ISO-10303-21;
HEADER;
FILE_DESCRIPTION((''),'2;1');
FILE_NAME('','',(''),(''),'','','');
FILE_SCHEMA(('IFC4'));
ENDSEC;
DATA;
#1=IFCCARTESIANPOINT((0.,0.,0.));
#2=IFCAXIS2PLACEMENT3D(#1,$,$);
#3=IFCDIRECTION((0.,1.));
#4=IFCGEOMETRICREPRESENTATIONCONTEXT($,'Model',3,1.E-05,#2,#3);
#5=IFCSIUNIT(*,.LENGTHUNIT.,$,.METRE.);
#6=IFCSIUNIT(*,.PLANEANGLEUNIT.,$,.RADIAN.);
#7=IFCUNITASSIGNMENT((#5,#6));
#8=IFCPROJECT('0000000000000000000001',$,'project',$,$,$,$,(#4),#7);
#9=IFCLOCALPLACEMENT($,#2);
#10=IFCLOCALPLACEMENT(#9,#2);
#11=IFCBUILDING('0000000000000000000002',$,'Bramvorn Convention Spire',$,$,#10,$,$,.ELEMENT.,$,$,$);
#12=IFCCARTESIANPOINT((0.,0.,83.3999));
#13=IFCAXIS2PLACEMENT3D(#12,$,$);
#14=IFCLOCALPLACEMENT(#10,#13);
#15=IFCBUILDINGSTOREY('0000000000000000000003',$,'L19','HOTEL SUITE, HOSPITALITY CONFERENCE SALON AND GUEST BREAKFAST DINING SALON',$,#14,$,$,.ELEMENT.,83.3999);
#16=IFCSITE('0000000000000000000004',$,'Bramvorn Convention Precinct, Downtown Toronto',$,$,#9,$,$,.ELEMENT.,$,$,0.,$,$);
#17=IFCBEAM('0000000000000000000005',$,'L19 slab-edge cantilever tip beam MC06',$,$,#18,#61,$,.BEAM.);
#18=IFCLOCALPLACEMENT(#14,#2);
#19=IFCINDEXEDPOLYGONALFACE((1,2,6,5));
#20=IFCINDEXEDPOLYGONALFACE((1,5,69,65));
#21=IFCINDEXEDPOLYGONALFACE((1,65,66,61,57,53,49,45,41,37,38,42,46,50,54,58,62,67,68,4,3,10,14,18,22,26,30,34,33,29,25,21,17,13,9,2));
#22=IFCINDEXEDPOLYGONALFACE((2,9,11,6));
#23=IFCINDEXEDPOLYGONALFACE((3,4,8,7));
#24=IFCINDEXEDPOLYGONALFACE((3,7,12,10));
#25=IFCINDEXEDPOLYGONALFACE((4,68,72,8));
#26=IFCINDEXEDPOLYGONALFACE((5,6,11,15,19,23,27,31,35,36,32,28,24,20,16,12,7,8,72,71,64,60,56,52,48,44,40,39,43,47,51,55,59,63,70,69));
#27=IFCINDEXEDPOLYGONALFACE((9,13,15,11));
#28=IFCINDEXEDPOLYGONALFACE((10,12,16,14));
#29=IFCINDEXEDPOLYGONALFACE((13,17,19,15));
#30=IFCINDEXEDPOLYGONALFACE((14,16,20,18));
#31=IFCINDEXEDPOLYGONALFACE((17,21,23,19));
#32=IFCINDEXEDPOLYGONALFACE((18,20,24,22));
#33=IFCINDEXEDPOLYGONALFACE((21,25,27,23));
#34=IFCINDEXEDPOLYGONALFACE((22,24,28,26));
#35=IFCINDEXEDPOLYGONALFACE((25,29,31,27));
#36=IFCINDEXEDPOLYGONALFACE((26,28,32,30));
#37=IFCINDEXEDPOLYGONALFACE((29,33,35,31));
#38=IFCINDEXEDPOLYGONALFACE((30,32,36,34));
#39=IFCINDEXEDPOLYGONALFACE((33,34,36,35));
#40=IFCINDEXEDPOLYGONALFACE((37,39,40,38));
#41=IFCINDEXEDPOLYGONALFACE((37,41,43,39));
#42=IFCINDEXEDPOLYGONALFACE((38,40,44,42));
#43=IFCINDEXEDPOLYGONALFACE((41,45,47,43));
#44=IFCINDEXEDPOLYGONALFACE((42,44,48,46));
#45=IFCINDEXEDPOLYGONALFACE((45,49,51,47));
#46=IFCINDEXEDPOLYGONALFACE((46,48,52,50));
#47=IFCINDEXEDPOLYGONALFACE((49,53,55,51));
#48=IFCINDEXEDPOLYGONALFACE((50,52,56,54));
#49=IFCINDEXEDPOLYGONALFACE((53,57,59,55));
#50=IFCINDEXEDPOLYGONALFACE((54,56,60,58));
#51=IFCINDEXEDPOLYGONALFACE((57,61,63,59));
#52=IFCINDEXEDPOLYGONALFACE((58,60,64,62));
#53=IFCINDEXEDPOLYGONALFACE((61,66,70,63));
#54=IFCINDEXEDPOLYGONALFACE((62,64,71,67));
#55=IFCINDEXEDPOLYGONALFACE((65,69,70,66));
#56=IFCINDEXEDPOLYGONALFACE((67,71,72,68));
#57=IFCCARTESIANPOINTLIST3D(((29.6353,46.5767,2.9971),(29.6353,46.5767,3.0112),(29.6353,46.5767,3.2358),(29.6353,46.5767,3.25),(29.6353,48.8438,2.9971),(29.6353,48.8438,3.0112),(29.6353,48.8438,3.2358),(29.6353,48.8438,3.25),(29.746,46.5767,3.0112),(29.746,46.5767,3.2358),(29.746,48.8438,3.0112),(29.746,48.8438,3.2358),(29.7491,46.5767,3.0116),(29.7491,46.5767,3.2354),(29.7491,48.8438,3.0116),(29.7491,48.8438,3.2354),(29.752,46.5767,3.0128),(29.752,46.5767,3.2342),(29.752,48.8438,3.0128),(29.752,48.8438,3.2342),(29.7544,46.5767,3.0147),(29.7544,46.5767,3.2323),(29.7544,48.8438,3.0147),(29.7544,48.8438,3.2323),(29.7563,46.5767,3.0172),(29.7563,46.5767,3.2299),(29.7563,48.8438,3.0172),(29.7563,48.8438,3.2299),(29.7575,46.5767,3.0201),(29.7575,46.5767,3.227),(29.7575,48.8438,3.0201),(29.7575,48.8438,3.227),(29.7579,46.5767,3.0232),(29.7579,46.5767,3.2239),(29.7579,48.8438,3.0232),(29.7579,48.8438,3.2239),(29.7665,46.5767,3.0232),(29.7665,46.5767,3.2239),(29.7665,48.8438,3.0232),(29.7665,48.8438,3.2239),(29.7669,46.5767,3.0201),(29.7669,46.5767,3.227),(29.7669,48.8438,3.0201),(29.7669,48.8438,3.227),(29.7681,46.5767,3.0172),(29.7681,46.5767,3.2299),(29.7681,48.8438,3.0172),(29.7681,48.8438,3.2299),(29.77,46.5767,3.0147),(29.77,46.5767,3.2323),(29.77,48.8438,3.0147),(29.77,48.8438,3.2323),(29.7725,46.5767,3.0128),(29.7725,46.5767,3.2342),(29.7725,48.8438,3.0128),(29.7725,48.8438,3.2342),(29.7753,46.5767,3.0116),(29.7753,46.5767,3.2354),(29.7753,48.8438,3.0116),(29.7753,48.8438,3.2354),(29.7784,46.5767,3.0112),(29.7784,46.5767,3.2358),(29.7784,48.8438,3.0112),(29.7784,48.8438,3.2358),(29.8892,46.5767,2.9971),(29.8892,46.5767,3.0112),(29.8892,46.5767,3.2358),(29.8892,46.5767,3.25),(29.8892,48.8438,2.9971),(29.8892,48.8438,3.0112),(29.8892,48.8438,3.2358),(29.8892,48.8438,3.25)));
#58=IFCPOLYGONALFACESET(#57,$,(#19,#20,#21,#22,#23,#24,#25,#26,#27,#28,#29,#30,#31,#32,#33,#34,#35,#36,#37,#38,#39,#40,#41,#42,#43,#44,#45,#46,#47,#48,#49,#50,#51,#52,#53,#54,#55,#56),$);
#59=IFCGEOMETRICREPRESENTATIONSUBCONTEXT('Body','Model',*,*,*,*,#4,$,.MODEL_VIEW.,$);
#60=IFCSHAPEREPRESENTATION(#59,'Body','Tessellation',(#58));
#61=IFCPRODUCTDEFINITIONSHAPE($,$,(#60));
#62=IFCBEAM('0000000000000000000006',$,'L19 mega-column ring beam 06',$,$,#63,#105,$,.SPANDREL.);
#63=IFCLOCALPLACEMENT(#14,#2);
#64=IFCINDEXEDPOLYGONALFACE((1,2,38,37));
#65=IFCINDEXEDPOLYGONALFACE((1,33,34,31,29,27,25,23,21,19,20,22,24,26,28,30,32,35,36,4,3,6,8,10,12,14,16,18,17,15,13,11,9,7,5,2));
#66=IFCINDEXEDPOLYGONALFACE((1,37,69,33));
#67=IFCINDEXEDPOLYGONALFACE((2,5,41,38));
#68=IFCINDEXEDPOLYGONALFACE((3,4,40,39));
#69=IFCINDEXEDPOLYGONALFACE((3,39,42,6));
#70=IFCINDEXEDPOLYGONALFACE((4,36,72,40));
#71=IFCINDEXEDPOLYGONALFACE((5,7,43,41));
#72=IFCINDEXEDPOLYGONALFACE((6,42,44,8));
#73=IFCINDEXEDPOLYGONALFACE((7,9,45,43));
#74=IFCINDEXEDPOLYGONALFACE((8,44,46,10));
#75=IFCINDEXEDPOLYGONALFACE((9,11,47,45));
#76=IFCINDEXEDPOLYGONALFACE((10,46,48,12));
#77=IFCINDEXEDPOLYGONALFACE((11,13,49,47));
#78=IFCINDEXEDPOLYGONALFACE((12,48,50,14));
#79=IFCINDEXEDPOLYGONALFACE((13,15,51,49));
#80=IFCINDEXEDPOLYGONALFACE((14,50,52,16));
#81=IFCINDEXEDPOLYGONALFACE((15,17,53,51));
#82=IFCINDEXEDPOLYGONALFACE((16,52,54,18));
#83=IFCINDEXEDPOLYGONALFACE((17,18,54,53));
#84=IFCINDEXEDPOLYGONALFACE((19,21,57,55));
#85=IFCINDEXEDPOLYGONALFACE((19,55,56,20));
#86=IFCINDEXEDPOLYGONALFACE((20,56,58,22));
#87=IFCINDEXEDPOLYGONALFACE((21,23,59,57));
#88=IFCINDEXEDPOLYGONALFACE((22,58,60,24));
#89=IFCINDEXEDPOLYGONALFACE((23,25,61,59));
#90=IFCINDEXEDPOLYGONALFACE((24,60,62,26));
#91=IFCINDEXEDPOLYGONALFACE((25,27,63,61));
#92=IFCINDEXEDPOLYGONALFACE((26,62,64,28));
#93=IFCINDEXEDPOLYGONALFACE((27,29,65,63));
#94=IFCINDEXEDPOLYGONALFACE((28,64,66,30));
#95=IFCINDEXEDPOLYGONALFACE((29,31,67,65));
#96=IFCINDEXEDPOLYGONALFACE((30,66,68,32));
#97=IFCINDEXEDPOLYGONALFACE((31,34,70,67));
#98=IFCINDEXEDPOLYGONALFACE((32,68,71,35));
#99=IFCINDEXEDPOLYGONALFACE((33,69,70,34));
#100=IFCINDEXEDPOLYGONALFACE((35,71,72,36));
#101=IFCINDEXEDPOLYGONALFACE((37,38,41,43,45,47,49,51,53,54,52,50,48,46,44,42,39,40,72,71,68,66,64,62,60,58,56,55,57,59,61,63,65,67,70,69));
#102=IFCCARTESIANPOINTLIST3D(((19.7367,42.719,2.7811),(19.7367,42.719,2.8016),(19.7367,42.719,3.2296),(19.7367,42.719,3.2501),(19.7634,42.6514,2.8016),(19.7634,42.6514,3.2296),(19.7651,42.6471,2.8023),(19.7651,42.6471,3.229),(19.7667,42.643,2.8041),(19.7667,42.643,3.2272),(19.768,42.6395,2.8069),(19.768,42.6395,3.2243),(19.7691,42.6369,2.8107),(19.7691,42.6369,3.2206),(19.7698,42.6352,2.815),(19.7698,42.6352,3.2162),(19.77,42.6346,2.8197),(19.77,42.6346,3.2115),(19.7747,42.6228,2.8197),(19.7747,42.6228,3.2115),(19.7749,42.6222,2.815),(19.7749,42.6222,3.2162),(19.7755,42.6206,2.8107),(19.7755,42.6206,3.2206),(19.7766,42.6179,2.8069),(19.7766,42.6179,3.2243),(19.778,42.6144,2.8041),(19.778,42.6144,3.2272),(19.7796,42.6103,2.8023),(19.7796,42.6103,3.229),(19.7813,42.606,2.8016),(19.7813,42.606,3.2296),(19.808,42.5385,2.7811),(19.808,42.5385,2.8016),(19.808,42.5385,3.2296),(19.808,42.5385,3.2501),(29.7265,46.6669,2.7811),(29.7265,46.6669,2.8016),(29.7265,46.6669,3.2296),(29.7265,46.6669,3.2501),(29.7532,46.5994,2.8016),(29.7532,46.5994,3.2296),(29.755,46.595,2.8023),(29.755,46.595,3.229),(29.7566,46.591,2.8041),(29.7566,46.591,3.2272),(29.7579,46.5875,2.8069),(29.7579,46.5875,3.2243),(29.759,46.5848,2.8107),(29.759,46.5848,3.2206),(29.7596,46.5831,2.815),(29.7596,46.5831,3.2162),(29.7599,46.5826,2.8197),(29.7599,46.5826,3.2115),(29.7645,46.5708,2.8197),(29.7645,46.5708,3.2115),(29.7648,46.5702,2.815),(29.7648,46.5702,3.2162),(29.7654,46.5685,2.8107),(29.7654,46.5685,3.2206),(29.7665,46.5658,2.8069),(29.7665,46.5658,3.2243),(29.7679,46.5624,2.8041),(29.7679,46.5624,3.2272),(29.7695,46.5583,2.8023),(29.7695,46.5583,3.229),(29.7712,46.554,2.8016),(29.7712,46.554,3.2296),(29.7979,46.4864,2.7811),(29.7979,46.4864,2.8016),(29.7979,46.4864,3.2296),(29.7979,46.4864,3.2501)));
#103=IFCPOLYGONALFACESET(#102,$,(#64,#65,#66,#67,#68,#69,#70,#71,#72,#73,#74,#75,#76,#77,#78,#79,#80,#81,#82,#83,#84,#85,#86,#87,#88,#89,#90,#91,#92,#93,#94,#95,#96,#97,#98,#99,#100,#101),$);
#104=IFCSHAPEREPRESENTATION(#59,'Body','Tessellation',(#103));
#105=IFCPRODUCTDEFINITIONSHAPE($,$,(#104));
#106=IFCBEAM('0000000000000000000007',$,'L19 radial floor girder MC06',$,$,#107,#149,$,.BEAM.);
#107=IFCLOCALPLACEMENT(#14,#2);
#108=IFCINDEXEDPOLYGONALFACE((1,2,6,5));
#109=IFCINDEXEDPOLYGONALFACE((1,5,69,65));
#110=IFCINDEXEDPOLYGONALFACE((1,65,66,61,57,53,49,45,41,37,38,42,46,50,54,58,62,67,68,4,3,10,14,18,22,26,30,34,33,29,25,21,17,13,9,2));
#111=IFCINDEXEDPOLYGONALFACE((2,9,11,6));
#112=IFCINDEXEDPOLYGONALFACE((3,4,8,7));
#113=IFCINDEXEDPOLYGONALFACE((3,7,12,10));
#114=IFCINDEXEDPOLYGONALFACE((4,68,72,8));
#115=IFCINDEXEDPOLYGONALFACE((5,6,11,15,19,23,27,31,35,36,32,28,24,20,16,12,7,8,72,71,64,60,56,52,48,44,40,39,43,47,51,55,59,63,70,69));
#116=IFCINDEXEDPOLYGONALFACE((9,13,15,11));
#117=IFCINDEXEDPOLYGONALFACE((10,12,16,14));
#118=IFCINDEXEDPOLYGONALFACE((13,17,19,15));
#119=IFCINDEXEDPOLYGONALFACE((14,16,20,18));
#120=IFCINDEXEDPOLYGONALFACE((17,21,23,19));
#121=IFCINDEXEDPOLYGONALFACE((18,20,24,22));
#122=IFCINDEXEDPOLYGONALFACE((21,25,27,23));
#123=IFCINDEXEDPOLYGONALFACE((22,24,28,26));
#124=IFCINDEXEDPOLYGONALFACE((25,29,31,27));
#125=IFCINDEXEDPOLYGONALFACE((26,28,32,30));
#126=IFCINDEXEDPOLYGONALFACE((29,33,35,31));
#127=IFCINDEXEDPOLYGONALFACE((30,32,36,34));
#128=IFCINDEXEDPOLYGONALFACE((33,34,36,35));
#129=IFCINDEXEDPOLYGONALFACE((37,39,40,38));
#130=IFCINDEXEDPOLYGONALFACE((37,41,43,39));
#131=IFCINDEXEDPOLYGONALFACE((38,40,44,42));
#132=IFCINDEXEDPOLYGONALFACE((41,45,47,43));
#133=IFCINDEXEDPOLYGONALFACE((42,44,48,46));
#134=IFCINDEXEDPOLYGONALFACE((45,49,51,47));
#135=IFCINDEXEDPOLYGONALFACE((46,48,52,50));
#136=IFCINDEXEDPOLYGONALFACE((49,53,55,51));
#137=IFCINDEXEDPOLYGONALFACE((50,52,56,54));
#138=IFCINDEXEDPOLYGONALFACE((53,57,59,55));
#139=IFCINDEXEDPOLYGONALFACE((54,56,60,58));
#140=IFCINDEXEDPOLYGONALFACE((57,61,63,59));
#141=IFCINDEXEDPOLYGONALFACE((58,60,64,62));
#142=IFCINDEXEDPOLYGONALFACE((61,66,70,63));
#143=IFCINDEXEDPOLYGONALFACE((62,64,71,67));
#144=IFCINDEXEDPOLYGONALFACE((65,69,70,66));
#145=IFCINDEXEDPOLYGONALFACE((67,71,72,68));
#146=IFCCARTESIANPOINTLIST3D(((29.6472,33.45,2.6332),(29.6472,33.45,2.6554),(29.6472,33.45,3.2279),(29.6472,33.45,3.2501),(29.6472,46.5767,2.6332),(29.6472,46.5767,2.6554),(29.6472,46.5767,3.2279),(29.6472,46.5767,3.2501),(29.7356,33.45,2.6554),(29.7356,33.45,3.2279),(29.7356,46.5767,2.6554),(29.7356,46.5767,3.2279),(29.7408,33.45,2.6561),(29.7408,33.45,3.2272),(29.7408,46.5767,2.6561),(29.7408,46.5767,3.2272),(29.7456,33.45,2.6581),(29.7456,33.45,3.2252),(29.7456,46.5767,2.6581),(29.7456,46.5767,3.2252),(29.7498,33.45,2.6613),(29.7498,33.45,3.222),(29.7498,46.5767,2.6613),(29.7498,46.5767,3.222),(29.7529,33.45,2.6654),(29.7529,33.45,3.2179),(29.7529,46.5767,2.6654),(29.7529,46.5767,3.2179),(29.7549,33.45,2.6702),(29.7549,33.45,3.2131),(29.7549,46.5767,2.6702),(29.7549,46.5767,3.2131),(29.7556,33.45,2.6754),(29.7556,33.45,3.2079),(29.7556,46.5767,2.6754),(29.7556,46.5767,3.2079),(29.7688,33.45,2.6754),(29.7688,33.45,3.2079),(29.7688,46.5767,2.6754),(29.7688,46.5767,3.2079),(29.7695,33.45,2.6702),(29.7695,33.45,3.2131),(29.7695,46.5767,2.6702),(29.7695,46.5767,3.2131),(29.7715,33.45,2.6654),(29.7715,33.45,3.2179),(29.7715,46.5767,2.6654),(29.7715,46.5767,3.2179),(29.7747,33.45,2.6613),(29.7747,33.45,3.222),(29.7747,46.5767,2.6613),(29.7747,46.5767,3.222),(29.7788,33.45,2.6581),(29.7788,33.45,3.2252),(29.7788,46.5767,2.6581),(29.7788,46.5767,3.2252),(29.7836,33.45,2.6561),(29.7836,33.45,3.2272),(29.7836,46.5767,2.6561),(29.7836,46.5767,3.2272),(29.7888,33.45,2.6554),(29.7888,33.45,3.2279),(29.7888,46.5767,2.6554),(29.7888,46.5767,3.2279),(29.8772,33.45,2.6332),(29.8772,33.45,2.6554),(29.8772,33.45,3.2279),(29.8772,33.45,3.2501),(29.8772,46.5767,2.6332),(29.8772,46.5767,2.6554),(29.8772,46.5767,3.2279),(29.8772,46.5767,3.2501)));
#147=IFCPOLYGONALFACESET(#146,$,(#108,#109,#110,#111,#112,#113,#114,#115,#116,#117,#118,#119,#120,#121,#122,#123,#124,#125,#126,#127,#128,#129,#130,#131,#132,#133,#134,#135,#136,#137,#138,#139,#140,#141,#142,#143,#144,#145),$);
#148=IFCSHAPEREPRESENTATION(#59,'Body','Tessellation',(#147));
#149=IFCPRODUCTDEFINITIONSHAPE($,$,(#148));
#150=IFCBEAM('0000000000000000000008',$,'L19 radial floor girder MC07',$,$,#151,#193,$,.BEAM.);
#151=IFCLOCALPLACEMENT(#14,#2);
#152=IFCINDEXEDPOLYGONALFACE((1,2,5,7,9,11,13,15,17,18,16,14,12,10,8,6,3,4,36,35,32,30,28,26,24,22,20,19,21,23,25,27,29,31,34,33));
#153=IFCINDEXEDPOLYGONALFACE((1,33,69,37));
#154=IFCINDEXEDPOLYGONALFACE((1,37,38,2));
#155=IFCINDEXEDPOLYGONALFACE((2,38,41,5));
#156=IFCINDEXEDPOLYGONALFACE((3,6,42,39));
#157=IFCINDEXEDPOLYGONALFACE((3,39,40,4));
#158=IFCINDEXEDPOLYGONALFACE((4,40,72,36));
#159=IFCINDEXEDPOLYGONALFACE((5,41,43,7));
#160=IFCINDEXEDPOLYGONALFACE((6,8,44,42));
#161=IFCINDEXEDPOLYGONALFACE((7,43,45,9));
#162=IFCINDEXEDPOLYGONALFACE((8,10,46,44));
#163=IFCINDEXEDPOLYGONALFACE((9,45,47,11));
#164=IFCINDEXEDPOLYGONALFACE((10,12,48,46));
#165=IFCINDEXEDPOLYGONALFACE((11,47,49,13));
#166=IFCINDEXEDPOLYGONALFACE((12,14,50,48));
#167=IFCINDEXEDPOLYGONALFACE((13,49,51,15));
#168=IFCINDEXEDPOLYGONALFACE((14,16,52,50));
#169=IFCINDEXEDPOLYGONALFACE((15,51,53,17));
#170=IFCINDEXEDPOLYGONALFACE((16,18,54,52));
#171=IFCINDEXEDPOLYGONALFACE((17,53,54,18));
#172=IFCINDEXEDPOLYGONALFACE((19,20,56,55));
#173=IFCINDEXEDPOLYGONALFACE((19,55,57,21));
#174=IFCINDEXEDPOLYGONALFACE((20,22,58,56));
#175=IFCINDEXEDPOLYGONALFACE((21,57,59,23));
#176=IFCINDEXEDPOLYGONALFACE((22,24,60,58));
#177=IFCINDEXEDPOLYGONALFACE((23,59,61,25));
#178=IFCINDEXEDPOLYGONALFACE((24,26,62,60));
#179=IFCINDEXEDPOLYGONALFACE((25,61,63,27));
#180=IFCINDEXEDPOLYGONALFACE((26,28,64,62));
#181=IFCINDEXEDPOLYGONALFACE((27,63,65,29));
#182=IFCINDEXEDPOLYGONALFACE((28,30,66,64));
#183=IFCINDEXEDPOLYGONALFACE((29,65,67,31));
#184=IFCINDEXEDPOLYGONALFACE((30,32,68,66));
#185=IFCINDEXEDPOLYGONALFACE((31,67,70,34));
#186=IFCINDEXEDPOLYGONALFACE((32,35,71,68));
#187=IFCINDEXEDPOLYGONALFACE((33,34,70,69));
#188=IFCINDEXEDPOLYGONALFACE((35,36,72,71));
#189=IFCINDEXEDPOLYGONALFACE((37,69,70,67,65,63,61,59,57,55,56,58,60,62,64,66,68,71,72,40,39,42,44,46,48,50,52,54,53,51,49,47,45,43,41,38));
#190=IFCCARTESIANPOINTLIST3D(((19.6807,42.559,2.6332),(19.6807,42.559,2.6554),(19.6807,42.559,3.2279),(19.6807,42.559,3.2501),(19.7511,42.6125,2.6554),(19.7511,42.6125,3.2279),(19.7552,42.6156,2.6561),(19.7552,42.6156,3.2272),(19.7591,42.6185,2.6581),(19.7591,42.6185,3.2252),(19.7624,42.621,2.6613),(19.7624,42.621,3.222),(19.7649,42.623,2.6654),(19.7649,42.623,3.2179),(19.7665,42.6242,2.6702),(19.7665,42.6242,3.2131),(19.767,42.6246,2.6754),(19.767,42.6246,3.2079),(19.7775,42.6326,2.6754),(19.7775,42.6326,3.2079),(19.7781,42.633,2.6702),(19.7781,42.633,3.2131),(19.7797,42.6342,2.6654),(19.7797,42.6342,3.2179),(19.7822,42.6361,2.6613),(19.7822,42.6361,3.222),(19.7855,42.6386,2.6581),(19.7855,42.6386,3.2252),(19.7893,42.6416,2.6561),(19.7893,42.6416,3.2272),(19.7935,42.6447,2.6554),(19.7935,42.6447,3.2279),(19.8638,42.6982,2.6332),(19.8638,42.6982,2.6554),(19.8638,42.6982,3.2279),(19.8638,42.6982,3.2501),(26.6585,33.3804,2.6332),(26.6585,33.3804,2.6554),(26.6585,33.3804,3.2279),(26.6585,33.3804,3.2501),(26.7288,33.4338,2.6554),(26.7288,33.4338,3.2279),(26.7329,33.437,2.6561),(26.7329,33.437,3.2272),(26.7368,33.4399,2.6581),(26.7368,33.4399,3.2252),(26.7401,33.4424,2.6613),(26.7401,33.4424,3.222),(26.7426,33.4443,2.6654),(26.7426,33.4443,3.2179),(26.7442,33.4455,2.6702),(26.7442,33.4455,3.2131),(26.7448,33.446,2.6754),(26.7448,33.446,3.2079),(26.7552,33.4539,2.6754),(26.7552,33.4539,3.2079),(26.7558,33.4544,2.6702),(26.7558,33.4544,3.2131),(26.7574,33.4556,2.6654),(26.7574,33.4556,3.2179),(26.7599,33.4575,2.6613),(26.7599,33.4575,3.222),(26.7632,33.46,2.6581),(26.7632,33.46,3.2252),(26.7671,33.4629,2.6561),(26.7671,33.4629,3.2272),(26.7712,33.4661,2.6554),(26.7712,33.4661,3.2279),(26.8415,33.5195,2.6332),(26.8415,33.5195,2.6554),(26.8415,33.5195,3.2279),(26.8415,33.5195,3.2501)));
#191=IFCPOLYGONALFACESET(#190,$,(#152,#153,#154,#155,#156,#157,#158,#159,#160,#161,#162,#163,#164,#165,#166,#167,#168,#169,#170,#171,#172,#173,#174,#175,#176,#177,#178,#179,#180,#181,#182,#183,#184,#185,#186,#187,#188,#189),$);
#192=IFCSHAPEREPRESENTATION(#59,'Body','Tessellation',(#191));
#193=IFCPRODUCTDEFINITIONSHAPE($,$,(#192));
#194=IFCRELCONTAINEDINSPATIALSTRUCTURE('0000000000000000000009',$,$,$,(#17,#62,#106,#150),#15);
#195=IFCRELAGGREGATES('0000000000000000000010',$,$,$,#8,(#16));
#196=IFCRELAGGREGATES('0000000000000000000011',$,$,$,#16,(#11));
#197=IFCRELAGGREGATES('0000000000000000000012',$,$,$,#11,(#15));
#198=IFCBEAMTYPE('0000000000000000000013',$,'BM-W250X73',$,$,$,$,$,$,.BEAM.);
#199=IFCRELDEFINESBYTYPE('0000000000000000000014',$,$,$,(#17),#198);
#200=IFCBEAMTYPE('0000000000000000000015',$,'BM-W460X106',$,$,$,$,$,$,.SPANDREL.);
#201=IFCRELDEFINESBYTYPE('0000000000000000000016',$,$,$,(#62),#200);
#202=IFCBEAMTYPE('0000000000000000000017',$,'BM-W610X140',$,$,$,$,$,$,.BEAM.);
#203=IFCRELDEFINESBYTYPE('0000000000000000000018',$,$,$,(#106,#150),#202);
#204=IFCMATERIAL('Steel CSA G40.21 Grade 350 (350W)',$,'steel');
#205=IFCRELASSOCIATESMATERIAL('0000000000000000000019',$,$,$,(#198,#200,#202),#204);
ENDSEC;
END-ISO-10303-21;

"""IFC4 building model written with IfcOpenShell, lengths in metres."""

from ifc_helpers import new_model, si_unit, direction, frame, origin, origin_2d, place, context, subcontext, project, spatial, i_section, extrude, material, material_profile, profile_set, type_object, element, save


model = new_model("IFC4")

# Units and contexts
model_context = context("Model", 3, precision=1e-05, world=origin(), true_north=direction((0.0, 1.0)))
body_context = subcontext(model_context, "Body", "Model", "MODEL_VIEW")
ifc_project = project(units=[si_unit("LENGTHUNIT", "METRE"), si_unit("PLANEANGLEUNIT", "RADIAN")], contexts=[model_context])

# Site, building, storey
site_placement = place(None, origin())
site = spatial("IfcSite", under=ifc_project, at=site_placement, Name="Bramvorn Convention Precinct, Downtown Toronto", CompositionType="ELEMENT", RefElevation=0.0)
building_placement = place(site_placement, origin())
building = spatial("IfcBuilding", under=site, at=building_placement, Name="Bramvorn Convention Spire", CompositionType="ELEMENT")
storey_placement = place(building_placement, frame((0.0, 0.0, 83.3999)))
storey = spatial("IfcBuildingStorey", under=building, at=storey_placement, Name="L19", Description="HOTEL SUITE, HOSPITALITY CONFERENCE SALON AND GUEST BREAKFAST DINING SALON", CompositionType="ELEMENT", Elevation=83.3999)

# Shared definitions
ifc_material_1 = material(Name="Steel CSA G40.21 Grade 350 (350W)", Category="steel")

# Beams
ifc_material_profile_1 = material_profile(ifc_material_1, i_section(OverallWidth=0.2539, OverallDepth=0.2529, WebThickness=0.0085, FlangeThickness=0.0142, FilletRadius=0.012, at=origin_2d()))
ifc_profile_set_1 = profile_set([ifc_material_profile_1], Name="Steel CSA G40.21 Grade 350 (350W) - W250X73")
beam_type_1 = type_object("IfcBeamType", Name="BM-W250X73", PredefinedType="BEAM", material=ifc_profile_set_1)
beam_1_placement = place(storey_placement, frame((29.7622, 46.5767, 3.1235), z_axis=(0.0, 1.0, 0.0), x_axis=(-1.0, 0.0, 0.0)))
element("IfcBeam", 1, at=beam_1_placement, inside=storey, type_object=beam_type_1, Name="L19 slab-edge cantilever tip beam MC06", PredefinedType="BEAM", context=body_context, shape_type="SweptSolid", body=[
    extrude(i_section(OverallWidth=0.2539, OverallDepth=0.2529, WebThickness=0.0085, FlangeThickness=0.0142, FilletRadius=0.012, at=origin_2d()), origin(), (0.0, 0.0, 1.0), 2.2671),
])
ifc_material_profile_2 = material_profile(ifc_material_1, i_section(OverallWidth=0.1941, OverallDepth=0.469, WebThickness=0.0127, FlangeThickness=0.0205, FilletRadius=0.0181, at=origin_2d()))
ifc_profile_set_2 = profile_set([ifc_material_profile_2], Name="Steel CSA G40.21 Grade 350 (350W) - W460X106")
beam_type_2 = type_object("IfcBeamType", Name="BM-W460X106", PredefinedType="SPANDREL", material=ifc_profile_set_2)
beam_2_placement = place(storey_placement, frame((29.7622, 46.5767, 3.0156), z_axis=(-0.93001, -0.367535, 0.0), x_axis=(0.367535, -0.93001, 0.0)))
element("IfcBeam", 2, at=beam_2_placement, inside=storey, type_object=beam_type_2, Name="L19 mega-column ring beam 06", PredefinedType="SPANDREL", context=body_context, shape_type="SweptSolid", body=[
    extrude(i_section(OverallWidth=0.1941, OverallDepth=0.469, WebThickness=0.0127, FlangeThickness=0.0205, FilletRadius=0.0181, at=origin_2d()), origin(), (0.0, 0.0, 1.0), 10.7417),
])
ifc_material_profile_3 = material_profile(ifc_material_1, i_section(OverallWidth=0.23, OverallDepth=0.6169, WebThickness=0.0132, FlangeThickness=0.0222, FilletRadius=0.02, at=origin_2d()))
ifc_profile_set_3 = profile_set([ifc_material_profile_3], Name="Steel CSA G40.21 Grade 350 (350W) - W610X140")
beam_type_3 = type_object("IfcBeamType", Name="BM-W610X140", PredefinedType="BEAM", material=ifc_profile_set_3)
beam_3_placement = place(storey_placement, frame((29.7622, 33.45, 2.9417), z_axis=(0.0, 1.0, 0.0), x_axis=(-1.0, 0.0, 0.0)))
element("IfcBeam", 3, at=beam_3_placement, inside=storey, type_object=beam_type_3, Name="L19 radial floor girder MC06", PredefinedType="BEAM", context=body_context, shape_type="SweptSolid", body=[
    extrude(i_section(OverallWidth=0.23, OverallDepth=0.6169, WebThickness=0.0132, FlangeThickness=0.0222, FilletRadius=0.02, at=origin_2d()), origin(), (0.0, 0.0, 1.0), 13.1267),
])
beam_4_placement = place(storey_placement, frame((26.75, 33.45, 2.9417), z_axis=(-0.605191, 0.79608, 0.0), x_axis=(-0.79608, -0.605191, 0.0)))
element("IfcBeam", 4, at=beam_4_placement, inside=storey, type_object=beam_type_3, Name="L19 radial floor girder MC07", PredefinedType="BEAM", context=body_context, shape_type="SweptSolid", body=[
    extrude(i_section(OverallWidth=0.23, OverallDepth=0.6169, WebThickness=0.0132, FlangeThickness=0.0222, FilletRadius=0.02, at=origin_2d()), origin(), (0.0, 0.0, 1.0), 11.5298),
])

save(model, "model.ifc")
